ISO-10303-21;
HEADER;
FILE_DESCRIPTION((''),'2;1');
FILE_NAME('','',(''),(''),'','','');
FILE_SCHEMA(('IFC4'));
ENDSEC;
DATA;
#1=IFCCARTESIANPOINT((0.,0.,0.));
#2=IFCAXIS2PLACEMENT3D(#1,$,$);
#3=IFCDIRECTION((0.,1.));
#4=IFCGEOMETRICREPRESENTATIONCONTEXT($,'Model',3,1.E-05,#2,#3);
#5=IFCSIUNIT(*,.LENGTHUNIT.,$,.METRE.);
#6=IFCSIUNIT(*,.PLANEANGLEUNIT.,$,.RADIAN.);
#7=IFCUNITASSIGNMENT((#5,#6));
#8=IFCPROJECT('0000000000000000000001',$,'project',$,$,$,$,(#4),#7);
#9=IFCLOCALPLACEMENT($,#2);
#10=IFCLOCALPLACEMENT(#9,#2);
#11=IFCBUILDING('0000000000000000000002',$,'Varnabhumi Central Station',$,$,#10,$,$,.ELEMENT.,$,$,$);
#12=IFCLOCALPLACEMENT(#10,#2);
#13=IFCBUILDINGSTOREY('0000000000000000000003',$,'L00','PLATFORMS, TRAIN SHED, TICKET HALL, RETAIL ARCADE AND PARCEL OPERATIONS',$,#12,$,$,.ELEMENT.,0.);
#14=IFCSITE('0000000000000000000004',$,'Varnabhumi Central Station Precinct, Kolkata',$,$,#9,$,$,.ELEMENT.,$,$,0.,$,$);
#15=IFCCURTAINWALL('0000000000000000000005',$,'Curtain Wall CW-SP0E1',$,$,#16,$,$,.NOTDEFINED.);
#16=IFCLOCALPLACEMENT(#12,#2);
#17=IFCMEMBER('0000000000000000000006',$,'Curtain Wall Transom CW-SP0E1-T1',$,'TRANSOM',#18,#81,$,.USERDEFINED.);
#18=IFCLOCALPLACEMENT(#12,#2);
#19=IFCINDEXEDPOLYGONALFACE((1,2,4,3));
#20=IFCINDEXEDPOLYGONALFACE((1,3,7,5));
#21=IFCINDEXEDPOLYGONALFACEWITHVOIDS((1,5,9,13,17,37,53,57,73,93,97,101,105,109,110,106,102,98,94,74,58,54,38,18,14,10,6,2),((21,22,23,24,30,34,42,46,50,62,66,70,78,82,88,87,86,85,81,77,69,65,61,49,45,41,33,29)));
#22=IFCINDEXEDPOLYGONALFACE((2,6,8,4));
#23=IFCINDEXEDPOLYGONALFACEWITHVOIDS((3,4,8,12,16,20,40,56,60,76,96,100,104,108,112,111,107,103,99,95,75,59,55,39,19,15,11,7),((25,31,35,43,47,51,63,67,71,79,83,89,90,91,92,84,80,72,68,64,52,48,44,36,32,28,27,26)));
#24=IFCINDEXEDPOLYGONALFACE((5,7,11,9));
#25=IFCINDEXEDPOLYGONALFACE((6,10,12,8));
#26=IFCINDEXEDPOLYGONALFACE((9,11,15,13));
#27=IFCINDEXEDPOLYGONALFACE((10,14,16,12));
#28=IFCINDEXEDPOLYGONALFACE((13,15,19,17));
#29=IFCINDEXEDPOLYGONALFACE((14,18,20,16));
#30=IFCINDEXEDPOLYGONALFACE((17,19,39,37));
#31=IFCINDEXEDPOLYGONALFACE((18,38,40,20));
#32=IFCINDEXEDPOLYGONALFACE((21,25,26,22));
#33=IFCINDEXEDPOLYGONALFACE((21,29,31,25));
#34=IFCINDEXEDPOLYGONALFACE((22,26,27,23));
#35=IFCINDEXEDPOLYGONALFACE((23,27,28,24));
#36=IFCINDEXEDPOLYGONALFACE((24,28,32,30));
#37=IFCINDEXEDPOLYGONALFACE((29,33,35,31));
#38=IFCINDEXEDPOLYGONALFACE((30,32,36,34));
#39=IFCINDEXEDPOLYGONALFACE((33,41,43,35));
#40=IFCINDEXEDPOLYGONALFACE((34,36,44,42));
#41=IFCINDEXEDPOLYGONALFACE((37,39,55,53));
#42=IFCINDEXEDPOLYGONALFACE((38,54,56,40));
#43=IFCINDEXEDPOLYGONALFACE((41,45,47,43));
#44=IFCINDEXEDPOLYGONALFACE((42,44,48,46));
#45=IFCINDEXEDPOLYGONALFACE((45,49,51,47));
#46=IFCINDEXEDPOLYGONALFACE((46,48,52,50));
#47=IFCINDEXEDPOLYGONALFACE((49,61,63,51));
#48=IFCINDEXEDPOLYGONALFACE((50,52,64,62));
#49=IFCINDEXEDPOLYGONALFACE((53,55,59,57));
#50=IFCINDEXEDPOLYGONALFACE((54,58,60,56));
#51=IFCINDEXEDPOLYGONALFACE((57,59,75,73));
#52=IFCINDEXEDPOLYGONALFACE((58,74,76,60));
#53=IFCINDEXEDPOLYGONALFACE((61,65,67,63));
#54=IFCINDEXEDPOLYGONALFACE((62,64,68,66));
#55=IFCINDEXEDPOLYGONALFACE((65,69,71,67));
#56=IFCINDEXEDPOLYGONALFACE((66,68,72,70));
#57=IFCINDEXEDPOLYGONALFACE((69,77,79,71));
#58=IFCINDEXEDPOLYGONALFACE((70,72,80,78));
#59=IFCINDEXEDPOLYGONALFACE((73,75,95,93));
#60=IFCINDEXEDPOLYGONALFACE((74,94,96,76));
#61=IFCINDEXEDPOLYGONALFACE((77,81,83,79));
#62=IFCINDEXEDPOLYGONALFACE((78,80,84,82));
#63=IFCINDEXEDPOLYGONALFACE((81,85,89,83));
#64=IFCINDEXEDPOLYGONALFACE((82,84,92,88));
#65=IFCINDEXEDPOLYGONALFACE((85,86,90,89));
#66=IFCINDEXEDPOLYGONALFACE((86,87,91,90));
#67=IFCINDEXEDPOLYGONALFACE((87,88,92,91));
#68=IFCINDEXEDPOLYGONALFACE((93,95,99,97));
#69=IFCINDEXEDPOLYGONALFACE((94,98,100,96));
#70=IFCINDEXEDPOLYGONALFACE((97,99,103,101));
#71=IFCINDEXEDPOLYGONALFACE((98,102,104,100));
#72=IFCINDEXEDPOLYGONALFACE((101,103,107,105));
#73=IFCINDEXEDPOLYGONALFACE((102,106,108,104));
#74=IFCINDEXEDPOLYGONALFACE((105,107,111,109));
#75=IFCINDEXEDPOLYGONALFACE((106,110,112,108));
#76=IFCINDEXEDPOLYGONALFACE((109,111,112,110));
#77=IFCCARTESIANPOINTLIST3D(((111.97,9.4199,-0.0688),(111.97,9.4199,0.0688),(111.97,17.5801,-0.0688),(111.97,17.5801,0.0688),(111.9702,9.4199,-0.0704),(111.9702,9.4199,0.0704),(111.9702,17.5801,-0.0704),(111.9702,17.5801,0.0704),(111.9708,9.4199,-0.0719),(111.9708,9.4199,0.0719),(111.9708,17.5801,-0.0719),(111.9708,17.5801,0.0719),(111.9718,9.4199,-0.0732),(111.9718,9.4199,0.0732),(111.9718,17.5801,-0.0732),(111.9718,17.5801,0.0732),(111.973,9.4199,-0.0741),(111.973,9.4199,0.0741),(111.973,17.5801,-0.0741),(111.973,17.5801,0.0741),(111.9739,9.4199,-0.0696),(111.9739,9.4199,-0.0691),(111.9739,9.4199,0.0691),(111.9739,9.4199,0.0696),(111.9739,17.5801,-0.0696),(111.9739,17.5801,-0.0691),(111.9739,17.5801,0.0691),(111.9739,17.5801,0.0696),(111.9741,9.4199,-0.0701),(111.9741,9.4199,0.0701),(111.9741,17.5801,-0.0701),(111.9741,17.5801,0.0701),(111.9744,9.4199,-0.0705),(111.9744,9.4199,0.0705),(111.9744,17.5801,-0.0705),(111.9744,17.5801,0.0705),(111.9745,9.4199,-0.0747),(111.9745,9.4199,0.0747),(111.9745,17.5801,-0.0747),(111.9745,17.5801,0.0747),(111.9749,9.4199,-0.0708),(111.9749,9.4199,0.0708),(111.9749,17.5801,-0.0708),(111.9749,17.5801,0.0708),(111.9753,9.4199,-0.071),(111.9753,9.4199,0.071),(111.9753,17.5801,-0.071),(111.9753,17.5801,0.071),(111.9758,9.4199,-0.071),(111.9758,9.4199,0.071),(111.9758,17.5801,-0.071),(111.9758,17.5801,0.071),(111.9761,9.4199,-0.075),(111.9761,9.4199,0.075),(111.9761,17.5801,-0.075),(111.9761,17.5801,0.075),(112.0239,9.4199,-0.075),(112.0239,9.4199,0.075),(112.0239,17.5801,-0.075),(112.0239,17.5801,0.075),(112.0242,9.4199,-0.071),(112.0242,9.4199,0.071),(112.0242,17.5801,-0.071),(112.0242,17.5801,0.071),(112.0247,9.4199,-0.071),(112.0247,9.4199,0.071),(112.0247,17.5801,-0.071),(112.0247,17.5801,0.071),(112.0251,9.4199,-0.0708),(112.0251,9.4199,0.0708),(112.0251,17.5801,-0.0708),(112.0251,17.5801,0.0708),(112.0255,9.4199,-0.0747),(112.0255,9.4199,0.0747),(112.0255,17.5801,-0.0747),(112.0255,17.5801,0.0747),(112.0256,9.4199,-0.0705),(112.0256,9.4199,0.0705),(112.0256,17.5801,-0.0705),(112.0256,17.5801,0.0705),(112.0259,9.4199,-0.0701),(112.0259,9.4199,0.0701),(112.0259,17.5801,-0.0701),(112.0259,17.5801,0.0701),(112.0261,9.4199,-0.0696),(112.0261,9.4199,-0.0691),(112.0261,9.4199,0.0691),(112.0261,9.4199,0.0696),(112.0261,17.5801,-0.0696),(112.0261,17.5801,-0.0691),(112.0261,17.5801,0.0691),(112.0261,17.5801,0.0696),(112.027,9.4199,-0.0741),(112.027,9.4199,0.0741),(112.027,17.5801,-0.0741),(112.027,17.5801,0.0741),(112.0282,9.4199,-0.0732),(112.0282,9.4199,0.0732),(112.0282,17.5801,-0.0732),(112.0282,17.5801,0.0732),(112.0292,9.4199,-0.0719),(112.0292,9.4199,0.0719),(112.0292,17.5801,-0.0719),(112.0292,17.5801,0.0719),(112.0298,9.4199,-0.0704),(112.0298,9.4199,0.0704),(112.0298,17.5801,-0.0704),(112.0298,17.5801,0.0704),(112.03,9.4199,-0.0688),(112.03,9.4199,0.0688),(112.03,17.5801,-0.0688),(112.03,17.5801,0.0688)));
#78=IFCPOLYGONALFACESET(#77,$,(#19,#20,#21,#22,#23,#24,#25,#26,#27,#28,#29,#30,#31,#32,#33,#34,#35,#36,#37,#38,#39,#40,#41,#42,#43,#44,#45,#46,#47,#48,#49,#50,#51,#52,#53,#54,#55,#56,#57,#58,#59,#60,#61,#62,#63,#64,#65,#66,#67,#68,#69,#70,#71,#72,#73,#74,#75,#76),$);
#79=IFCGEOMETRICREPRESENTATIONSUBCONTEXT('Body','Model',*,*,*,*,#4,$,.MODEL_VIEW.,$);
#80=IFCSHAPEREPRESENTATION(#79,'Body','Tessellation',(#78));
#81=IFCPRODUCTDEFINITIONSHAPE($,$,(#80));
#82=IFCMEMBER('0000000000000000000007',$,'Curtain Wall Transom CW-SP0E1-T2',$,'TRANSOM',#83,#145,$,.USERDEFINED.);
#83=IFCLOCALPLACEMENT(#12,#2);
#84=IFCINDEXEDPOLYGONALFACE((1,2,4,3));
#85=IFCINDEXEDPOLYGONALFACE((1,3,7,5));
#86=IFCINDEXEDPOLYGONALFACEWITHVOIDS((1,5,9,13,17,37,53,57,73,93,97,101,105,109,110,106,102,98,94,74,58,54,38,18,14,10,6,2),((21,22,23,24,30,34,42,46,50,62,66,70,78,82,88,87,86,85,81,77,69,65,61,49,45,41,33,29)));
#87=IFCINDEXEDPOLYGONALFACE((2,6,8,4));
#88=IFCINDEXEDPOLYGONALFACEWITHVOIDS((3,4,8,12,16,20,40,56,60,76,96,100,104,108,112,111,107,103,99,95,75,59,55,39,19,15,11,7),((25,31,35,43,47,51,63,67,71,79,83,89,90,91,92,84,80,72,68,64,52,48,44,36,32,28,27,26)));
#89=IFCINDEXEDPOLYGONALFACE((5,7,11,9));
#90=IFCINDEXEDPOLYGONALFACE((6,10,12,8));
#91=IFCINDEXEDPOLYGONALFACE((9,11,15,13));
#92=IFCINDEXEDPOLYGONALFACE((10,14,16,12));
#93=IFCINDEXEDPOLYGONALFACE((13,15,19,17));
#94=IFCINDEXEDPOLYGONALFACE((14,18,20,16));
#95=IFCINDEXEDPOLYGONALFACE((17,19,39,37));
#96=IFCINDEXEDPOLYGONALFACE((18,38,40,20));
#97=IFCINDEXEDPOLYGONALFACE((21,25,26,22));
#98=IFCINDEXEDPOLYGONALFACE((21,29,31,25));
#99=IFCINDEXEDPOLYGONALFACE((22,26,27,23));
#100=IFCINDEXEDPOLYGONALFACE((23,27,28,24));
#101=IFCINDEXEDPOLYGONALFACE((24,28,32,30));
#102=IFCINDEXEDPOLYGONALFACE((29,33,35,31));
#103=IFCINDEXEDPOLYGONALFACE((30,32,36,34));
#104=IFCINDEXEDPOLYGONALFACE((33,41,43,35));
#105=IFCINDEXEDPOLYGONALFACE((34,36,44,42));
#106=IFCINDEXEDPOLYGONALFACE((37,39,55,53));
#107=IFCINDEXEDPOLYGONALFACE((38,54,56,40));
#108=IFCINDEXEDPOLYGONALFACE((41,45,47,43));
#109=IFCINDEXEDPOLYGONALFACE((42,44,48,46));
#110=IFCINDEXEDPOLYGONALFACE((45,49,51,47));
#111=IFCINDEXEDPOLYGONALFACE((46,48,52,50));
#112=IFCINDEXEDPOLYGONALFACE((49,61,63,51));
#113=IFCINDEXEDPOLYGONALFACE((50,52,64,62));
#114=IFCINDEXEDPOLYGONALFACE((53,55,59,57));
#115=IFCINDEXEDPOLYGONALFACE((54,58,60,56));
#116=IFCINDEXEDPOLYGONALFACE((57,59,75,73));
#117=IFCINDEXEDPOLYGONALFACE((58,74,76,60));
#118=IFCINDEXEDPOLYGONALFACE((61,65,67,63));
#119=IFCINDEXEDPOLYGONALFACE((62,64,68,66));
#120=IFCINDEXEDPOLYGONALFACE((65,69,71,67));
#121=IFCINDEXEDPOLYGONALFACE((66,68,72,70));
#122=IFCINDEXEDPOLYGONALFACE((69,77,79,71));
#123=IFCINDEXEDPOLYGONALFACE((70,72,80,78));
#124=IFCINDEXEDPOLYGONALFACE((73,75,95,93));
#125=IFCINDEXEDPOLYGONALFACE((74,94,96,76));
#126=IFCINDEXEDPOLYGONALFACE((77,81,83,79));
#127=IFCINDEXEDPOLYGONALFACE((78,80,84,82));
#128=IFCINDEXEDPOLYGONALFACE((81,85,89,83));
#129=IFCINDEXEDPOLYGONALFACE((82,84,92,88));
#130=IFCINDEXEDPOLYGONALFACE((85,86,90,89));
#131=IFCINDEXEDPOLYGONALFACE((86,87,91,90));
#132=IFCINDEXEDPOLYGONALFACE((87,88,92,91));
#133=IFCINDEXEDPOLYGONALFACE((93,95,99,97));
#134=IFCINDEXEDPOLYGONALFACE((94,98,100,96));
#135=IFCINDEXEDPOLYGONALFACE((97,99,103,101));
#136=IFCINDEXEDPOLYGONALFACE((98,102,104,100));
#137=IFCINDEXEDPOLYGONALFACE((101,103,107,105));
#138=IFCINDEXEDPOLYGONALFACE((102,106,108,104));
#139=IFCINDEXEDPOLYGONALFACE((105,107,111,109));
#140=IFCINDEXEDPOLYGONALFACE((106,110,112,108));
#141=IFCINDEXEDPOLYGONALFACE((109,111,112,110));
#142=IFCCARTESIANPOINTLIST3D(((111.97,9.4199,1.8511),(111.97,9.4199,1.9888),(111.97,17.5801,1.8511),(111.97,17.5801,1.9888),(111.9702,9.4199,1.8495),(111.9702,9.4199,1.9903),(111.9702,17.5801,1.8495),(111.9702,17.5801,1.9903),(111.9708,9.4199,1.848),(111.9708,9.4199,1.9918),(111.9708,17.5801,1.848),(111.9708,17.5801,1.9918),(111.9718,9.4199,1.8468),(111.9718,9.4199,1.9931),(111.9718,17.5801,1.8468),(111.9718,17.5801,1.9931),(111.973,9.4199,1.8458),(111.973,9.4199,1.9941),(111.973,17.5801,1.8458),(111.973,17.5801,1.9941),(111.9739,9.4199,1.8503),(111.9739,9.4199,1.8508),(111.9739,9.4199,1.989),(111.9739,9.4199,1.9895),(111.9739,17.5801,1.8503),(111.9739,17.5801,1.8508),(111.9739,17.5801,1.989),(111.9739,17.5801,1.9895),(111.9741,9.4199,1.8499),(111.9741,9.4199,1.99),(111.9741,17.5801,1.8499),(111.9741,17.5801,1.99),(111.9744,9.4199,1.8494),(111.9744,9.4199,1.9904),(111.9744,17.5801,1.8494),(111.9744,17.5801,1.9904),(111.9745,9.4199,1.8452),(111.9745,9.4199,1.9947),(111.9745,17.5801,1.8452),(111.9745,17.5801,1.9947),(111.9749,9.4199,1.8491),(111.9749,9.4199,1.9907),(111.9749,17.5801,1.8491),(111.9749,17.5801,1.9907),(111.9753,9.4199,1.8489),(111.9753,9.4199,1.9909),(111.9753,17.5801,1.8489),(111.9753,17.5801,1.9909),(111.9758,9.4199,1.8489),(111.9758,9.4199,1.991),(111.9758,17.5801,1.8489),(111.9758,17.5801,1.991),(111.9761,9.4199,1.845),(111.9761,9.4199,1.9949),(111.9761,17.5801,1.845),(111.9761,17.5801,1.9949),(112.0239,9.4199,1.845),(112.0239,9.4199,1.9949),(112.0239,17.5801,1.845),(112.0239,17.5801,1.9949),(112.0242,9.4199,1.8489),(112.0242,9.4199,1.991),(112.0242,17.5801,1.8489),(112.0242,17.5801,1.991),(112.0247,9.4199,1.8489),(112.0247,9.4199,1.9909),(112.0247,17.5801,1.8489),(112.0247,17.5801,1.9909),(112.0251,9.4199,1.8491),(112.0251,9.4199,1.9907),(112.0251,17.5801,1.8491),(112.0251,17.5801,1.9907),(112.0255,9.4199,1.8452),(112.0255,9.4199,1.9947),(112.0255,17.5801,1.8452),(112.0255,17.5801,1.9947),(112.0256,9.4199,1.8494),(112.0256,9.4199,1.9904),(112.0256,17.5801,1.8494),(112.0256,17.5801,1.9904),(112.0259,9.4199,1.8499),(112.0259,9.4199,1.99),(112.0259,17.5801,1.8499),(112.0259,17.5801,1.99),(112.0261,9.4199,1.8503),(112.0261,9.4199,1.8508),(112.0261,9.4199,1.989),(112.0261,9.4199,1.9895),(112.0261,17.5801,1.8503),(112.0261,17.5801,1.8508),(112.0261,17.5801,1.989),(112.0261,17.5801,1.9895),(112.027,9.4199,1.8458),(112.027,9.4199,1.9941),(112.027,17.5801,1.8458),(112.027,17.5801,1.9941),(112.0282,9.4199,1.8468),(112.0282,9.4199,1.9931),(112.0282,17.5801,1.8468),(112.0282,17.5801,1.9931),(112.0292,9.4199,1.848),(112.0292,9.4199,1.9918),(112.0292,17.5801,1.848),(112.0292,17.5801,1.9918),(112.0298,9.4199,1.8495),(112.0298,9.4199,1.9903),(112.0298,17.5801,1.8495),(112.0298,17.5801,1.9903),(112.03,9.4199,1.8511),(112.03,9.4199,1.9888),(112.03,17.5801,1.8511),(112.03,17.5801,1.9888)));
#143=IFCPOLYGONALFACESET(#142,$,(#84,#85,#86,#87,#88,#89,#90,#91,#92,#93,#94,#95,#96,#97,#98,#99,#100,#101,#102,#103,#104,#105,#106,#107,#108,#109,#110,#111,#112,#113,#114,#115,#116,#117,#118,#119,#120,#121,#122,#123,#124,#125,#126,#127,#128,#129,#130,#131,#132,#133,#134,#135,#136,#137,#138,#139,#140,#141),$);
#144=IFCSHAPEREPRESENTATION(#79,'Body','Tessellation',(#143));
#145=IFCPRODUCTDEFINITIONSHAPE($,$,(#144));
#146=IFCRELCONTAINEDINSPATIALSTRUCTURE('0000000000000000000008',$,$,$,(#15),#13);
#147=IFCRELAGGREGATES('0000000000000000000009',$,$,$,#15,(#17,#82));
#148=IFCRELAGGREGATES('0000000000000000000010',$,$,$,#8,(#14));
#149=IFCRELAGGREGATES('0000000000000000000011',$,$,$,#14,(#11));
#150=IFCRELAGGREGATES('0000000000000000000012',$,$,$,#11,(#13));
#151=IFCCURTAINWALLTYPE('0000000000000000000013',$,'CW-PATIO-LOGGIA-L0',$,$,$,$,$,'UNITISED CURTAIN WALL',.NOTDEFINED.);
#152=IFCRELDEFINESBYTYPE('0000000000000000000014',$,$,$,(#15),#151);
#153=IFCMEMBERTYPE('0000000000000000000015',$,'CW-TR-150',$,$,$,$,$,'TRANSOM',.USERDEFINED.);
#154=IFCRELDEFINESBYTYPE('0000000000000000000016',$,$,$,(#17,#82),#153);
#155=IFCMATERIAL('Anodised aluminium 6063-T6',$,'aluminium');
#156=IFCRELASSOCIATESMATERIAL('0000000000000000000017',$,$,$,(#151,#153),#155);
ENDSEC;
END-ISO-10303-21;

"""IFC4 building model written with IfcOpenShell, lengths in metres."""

from ifc_helpers import new_model, si_unit, direction, frame, origin, origin_2d, place, context, subcontext, project, spatial, hollow_rectangle, extrude, material, material_profile, profile_set, type_object, element, aggregate, save


model = new_model("IFC4")

# Units and contexts
model_context = context("Model", 3, precision=1e-05, world=origin(), true_north=direction((0.0, 1.0)))
body_context = subcontext(model_context, "Body", "Model", "MODEL_VIEW")
ifc_project = project(units=[si_unit("LENGTHUNIT", "METRE"), si_unit("PLANEANGLEUNIT", "RADIAN")], contexts=[model_context])

# Site, building, storey
site_placement = place(None, origin())
site = spatial("IfcSite", under=ifc_project, at=site_placement, Name="Varnabhumi Central Station Precinct, Kolkata", CompositionType="ELEMENT", RefElevation=0.0)
building_placement = place(site_placement, origin())
building = spatial("IfcBuilding", under=site, at=building_placement, Name="Varnabhumi Central Station", CompositionType="ELEMENT")
storey_placement = place(building_placement, origin())
storey = spatial("IfcBuildingStorey", under=building, at=storey_placement, Name="L00", Description="PLATFORMS, TRAIN SHED, TICKET HALL, RETAIL ARCADE AND PARCEL OPERATIONS", CompositionType="ELEMENT", Elevation=0.0)

# Curtain wall
ifc_material_1 = material(Name="Anodised aluminium 6063-T6", Category="aluminium")
curtain_wall_type = type_object("IfcCurtainWallType", Name="CW-PATIO-LOGGIA-L0", ElementType="UNITISED CURTAIN WALL", PredefinedType="NOTDEFINED", material=ifc_material_1)
curtain_wall_1_placement = place(storey_placement, origin())
curtain_wall_1 = element("IfcCurtainWall", 1, at=curtain_wall_1_placement, inside=storey, type_object=curtain_wall_type, Name="Curtain Wall CW-SP0E1", PredefinedType="NOTDEFINED")

# Members
ifc_material_profile_1 = material_profile(ifc_material_1, hollow_rectangle(XDim=0.0601, YDim=0.1499, WallThickness=0.0039, InnerFilletRadius=0.002, OuterFilletRadius=0.0061, at=origin_2d()), Name="Anodised aluminium 6063-T6", Category="aluminium")
ifc_profile_set_1 = profile_set([ifc_material_profile_1], Name="Anodised aluminium 6063-T6")
member_type_1 = type_object("IfcMemberType", Name="CW-TR-150", ElementType="TRANSOM", PredefinedType="USERDEFINED", material=ifc_profile_set_1)
member_1_placement = place(storey_placement, frame((112.0, 9.4199, 0.0), z_axis=(0.0, 1.0, 0.0), x_axis=(-1.0, 0.0, 0.0)))
member_1 = element("IfcMember", 2, at=member_1_placement, type_object=member_type_1, Name="Curtain Wall Transom CW-SP0E1-T1", ObjectType="TRANSOM", PredefinedType="USERDEFINED", context=body_context, shape_type="SweptSolid", body=[
    extrude(hollow_rectangle(XDim=0.0601, YDim=0.1499, WallThickness=0.0039, InnerFilletRadius=0.002, OuterFilletRadius=0.0061, at=origin_2d()), origin(), (0.0, 0.0, 1.0), 8.1602),
])
member_2_placement = place(storey_placement, frame((112.0, 9.4199, 1.9199), z_axis=(0.0, 1.0, 0.0), x_axis=(-1.0, 0.0, 0.0)))
member_2 = element("IfcMember", 3, at=member_2_placement, type_object=member_type_1, Name="Curtain Wall Transom CW-SP0E1-T2", ObjectType="TRANSOM", PredefinedType="USERDEFINED", context=body_context, shape_type="SweptSolid", body=[
    extrude(hollow_rectangle(XDim=0.0601, YDim=0.1499, WallThickness=0.0039, InnerFilletRadius=0.002, OuterFilletRadius=0.0061, at=origin_2d()), origin(), (0.0, 0.0, 1.0), 8.1602),
])

aggregate(curtain_wall_1, [member_1, member_2])

save(model, "model.ifc")
